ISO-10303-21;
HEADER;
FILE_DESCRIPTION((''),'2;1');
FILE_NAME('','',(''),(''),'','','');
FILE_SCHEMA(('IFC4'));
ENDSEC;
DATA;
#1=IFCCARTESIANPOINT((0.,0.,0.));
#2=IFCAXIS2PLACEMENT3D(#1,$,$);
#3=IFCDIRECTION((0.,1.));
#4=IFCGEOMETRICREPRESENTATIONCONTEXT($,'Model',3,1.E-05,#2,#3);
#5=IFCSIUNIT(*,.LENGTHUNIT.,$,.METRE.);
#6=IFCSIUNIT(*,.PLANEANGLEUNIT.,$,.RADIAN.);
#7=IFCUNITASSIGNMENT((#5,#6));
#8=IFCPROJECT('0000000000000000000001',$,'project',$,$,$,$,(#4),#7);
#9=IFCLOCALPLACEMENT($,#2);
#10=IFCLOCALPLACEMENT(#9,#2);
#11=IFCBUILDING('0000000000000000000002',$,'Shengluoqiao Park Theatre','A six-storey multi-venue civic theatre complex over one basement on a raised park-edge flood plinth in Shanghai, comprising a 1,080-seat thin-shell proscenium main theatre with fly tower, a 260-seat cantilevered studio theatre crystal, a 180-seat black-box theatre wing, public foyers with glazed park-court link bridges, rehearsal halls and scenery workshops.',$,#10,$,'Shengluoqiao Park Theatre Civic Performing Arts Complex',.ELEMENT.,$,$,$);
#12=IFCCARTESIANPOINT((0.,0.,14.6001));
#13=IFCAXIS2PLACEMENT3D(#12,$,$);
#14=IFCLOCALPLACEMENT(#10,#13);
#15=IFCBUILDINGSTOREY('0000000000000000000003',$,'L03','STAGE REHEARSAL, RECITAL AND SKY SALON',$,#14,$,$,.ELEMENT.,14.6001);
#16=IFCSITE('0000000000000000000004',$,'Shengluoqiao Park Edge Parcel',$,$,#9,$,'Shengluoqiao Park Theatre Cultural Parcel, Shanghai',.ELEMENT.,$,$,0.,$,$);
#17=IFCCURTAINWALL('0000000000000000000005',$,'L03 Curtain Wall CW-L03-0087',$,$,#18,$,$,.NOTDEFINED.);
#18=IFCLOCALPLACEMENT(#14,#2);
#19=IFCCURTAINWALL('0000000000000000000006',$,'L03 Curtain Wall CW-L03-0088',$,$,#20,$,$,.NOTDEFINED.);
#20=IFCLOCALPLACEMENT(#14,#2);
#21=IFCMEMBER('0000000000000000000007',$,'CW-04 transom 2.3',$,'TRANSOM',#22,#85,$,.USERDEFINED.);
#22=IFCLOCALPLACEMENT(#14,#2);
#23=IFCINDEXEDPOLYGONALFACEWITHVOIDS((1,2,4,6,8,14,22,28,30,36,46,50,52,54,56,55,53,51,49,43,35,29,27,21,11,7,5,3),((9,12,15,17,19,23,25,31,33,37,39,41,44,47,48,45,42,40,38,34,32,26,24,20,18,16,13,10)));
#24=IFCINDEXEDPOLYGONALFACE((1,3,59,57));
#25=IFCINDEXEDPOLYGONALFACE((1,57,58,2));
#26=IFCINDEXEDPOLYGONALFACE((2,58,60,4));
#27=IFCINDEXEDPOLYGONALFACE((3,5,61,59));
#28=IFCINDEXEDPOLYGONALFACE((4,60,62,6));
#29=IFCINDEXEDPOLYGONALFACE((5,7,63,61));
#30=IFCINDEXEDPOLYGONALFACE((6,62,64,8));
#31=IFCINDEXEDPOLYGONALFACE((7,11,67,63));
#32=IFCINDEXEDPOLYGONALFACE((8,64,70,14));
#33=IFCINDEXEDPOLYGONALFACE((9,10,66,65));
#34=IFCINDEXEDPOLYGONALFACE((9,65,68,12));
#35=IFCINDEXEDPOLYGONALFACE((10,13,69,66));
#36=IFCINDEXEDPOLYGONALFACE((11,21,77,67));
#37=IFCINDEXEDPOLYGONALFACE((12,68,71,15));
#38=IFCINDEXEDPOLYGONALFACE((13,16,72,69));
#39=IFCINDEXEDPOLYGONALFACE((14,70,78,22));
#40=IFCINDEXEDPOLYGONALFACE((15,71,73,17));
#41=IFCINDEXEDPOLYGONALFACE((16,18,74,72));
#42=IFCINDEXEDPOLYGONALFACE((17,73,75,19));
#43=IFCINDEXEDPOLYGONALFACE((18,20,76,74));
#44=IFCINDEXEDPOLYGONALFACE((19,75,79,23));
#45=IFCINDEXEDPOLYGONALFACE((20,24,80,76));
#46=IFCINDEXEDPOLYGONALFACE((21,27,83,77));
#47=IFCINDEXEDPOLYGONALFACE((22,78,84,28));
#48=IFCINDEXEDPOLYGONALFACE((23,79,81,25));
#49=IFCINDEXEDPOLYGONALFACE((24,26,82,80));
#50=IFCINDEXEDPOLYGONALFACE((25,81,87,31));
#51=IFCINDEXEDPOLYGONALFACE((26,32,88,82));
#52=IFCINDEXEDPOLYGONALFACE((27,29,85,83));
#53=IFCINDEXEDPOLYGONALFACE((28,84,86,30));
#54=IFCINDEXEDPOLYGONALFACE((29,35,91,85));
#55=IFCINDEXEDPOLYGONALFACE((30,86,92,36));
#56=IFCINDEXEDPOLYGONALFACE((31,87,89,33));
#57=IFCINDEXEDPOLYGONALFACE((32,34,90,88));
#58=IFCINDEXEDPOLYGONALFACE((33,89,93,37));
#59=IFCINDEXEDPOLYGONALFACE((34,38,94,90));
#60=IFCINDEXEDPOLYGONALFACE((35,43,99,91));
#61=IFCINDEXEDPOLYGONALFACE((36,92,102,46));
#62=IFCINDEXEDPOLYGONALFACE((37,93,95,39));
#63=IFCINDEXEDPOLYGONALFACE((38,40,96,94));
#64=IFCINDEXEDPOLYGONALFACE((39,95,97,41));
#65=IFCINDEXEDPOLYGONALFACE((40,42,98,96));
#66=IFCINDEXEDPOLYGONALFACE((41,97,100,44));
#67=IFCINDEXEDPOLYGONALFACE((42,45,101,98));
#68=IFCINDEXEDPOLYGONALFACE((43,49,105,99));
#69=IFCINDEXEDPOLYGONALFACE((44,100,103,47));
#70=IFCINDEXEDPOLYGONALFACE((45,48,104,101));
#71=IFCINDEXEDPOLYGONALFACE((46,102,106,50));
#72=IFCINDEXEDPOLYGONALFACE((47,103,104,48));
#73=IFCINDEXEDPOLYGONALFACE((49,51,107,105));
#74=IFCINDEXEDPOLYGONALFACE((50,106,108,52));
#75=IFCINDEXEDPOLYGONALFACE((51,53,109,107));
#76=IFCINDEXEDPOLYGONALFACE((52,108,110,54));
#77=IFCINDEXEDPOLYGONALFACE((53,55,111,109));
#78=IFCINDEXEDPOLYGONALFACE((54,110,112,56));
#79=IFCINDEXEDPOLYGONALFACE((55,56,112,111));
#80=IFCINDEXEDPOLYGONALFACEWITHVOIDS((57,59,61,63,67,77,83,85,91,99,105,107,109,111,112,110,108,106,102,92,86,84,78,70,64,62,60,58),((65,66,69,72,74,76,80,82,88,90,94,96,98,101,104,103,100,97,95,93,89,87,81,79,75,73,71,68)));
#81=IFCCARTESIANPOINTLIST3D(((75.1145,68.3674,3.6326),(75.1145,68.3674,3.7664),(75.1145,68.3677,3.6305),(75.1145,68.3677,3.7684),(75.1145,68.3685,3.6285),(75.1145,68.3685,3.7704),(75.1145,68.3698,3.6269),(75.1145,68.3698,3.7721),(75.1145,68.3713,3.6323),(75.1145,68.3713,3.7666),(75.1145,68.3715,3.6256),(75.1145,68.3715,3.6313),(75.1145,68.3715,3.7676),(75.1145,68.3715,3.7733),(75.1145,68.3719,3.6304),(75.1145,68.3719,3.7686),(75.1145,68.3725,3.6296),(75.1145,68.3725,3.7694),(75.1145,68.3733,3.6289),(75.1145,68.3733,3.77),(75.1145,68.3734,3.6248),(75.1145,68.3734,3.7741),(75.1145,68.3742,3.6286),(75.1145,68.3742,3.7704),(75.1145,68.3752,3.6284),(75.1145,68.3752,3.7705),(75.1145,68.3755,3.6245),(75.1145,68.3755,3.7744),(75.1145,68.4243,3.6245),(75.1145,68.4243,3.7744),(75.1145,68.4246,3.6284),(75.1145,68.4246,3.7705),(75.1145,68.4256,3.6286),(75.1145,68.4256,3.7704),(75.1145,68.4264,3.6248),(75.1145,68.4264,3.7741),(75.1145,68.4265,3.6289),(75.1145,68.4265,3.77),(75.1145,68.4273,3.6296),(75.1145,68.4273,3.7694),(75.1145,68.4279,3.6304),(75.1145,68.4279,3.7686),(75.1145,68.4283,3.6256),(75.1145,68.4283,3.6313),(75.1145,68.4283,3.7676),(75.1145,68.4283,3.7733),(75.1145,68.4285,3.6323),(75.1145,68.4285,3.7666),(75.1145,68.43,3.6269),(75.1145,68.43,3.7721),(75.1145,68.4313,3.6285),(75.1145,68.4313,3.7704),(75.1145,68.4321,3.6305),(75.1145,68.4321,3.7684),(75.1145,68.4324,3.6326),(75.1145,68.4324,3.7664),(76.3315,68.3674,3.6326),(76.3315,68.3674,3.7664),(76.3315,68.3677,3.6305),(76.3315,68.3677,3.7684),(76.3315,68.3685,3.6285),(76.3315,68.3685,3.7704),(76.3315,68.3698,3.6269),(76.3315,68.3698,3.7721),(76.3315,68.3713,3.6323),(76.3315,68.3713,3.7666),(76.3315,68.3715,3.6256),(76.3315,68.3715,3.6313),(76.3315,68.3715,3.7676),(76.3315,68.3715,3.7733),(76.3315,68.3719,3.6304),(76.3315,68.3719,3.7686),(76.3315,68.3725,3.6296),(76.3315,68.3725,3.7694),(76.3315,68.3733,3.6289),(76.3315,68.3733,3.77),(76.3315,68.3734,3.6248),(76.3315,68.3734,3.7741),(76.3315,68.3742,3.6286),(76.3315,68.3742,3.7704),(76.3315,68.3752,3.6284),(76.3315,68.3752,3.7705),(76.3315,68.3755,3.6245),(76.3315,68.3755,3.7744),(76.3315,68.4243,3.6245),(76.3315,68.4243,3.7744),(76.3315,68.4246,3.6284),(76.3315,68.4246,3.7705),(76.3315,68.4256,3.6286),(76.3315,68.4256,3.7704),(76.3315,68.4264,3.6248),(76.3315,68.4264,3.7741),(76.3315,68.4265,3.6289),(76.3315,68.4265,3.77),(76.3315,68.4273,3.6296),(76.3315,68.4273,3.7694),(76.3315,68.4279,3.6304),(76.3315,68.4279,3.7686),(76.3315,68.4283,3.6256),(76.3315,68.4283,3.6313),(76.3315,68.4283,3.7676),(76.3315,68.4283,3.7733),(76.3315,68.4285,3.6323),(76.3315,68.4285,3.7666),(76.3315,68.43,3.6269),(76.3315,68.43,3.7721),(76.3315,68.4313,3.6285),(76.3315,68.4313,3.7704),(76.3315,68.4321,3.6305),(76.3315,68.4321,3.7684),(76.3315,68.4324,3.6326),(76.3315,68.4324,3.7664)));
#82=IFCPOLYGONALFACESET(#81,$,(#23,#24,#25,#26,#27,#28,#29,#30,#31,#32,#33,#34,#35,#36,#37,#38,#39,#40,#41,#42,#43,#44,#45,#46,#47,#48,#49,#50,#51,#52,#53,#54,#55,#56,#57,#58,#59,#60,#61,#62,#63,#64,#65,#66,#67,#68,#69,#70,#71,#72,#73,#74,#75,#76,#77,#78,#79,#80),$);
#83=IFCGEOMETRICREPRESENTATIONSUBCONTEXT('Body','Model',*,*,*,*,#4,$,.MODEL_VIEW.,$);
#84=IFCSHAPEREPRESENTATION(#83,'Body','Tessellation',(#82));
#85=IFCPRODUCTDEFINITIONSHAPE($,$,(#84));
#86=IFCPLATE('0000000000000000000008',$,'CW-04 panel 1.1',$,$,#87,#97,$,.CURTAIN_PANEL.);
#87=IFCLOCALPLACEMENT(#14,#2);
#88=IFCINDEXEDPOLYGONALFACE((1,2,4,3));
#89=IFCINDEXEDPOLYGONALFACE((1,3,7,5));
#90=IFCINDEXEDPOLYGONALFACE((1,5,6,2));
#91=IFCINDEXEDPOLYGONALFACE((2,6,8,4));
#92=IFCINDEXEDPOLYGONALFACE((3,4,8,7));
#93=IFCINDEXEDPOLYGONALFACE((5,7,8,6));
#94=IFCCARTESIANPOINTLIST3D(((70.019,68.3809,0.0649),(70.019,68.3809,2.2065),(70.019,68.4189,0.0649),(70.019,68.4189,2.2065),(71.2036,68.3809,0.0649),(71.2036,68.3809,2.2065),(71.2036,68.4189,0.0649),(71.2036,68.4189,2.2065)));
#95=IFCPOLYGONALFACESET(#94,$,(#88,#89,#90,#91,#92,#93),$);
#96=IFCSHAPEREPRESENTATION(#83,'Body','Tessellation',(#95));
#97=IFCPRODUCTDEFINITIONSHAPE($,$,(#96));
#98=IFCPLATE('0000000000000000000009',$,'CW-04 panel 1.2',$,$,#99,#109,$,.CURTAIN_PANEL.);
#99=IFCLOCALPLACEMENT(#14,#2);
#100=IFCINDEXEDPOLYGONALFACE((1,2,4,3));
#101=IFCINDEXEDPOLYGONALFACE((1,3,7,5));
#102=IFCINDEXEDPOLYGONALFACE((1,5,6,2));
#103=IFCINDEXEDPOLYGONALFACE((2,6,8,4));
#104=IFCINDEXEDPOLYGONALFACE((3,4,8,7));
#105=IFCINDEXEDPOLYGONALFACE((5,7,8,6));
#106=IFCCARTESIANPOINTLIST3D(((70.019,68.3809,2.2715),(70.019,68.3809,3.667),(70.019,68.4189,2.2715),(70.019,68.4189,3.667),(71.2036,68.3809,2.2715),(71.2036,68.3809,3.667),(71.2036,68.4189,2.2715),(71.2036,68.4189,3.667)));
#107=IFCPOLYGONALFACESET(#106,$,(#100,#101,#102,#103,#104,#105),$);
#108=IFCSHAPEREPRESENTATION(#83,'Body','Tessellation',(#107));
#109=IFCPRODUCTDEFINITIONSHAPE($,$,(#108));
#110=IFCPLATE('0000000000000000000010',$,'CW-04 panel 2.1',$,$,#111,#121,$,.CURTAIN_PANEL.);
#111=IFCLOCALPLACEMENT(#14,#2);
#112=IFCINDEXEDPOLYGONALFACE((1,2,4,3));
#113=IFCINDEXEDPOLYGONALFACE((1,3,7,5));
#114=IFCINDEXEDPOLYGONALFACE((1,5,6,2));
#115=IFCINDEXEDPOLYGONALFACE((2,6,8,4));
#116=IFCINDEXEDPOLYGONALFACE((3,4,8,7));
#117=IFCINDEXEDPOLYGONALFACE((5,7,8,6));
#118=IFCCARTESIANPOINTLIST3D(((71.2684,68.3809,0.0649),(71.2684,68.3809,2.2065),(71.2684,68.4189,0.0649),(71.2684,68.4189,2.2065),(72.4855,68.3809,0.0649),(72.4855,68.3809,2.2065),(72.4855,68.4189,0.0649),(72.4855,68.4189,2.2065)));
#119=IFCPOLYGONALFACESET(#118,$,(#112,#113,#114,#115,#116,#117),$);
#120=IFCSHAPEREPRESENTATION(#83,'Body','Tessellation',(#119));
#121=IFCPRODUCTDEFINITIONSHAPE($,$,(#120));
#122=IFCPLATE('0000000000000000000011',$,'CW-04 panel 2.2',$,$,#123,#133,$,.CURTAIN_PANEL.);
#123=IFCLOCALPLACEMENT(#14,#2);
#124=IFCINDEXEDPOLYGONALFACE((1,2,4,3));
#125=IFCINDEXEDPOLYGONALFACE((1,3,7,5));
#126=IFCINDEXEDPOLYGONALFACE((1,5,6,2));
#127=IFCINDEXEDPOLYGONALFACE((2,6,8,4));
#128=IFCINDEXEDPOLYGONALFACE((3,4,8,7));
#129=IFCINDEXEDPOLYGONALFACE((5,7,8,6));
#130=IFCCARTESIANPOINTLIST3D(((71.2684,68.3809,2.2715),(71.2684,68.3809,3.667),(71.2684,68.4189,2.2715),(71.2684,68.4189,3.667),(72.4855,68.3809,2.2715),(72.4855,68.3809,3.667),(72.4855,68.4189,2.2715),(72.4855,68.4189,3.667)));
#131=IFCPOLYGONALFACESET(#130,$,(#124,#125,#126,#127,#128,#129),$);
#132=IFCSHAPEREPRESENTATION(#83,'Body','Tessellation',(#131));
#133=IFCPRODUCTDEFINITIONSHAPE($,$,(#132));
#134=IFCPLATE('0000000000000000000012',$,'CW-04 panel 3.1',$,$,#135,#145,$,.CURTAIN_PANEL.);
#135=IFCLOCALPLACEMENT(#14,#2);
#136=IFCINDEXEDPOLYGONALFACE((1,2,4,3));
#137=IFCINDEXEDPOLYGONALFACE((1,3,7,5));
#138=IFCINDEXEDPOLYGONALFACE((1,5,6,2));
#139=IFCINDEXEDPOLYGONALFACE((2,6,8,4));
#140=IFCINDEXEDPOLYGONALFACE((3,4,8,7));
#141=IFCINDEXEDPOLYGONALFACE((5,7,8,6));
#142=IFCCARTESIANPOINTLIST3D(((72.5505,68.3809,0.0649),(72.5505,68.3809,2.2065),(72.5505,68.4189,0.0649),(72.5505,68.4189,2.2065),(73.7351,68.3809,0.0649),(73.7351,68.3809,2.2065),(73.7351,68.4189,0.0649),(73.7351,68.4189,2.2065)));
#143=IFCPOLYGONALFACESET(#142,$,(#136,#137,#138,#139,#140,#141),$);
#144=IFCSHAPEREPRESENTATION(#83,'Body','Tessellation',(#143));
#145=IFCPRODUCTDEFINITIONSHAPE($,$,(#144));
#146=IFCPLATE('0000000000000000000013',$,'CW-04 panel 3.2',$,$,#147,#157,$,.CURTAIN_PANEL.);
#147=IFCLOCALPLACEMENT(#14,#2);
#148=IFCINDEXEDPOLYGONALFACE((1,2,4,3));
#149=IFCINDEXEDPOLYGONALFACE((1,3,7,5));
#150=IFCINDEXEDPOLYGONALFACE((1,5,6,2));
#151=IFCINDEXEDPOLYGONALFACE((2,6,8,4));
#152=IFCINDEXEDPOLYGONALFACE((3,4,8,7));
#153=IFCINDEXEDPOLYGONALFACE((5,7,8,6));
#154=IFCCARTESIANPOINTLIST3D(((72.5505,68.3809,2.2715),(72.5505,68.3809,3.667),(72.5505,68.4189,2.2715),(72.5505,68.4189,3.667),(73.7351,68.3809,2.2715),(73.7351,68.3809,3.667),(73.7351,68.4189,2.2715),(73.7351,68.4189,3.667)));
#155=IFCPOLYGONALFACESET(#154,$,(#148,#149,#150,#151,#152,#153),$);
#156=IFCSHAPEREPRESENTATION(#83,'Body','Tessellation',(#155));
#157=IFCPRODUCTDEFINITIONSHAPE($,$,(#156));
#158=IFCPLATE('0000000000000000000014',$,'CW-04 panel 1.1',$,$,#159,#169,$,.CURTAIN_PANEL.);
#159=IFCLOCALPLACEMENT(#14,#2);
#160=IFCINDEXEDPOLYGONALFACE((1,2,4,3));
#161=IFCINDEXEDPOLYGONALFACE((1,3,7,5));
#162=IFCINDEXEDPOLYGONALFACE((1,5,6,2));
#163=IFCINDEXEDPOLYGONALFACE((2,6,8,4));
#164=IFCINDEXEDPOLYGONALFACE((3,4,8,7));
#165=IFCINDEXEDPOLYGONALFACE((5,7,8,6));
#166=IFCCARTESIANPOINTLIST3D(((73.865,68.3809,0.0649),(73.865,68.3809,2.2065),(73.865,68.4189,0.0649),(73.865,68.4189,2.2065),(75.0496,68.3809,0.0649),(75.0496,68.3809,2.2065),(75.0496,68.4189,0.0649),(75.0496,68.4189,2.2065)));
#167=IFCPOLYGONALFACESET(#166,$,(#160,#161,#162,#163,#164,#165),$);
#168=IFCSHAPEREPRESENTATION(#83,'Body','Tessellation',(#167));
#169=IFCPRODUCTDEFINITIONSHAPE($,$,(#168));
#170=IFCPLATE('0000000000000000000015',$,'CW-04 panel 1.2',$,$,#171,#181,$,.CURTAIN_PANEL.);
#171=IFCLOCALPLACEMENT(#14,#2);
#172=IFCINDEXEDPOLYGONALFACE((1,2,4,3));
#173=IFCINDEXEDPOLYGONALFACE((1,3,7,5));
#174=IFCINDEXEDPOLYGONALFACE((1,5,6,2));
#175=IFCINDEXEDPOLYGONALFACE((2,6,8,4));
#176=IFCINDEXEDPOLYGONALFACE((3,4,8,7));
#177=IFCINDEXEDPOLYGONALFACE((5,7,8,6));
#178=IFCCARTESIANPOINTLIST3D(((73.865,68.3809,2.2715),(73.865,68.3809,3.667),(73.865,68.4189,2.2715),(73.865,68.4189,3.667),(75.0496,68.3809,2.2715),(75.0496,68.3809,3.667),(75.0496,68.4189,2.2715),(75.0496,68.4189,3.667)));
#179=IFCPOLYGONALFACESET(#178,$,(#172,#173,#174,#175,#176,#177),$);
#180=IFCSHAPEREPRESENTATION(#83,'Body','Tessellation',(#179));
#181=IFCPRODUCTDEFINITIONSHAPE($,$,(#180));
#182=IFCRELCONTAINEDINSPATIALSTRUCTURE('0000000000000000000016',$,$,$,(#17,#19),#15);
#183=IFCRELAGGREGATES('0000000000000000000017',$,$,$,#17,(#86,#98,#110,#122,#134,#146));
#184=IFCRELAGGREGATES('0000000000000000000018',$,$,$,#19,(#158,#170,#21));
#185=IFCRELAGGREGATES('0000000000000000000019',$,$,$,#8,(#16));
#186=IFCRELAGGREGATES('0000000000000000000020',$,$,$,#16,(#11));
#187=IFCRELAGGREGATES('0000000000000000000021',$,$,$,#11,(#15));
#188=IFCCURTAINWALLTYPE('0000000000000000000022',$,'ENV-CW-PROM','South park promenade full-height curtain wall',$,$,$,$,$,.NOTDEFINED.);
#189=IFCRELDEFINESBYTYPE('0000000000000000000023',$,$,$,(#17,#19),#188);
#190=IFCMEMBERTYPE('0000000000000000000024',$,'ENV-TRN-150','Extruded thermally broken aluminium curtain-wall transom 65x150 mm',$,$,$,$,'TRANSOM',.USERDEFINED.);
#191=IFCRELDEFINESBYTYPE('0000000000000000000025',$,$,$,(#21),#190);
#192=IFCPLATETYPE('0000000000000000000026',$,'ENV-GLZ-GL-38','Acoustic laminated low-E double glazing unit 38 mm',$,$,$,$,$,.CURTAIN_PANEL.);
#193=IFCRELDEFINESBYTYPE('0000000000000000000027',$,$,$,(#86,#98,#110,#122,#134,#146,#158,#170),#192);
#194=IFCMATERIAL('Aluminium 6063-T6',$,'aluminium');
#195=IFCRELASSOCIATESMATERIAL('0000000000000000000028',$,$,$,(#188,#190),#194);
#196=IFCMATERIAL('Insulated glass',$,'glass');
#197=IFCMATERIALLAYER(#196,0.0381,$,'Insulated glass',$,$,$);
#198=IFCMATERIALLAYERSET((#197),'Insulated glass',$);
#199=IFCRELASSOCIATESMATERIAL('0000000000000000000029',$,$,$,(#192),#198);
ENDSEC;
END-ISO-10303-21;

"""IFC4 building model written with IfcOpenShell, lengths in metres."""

from ifc_helpers import new_model, si_unit, direction, frame, origin, origin_2d, place, context, subcontext, project, spatial, rectangle, hollow_rectangle, extrude, material, layer, layer_set, material_profile, profile_set, type_object, element, aggregate, save


model = new_model("IFC4")

# Units and contexts
model_context = context("Model", 3, precision=1e-05, world=origin(), true_north=direction((0.0, 1.0)))
body_context = subcontext(model_context, "Body", "Model", "MODEL_VIEW")
ifc_project = project(units=[si_unit("LENGTHUNIT", "METRE"), si_unit("PLANEANGLEUNIT", "RADIAN")], contexts=[model_context])

# Site, building, storey
site_placement = place(None, origin())
site = spatial("IfcSite", under=ifc_project, at=site_placement, Name="Shengluoqiao Park Edge Parcel", LongName="Shengluoqiao Park Theatre Cultural Parcel, Shanghai", CompositionType="ELEMENT", RefElevation=0.0)
building_placement = place(site_placement, origin())
building = spatial("IfcBuilding", under=site, at=building_placement, Name="Shengluoqiao Park Theatre", Description="A six-storey multi-venue civic theatre complex over one basement on a raised park-edge flood plinth in Shanghai, comprising a 1,080-seat thin-shell proscenium main theatre with fly tower, a 260-seat cantilevered studio theatre crystal, a 180-seat black-box theatre wing, public foyers with glazed park-court link bridges, rehearsal halls and scenery workshops.", LongName="Shengluoqiao Park Theatre Civic Performing Arts Complex", CompositionType="ELEMENT")
storey_placement = place(building_placement, frame((0.0, 0.0, 14.6001)))
storey = spatial("IfcBuildingStorey", under=building, at=storey_placement, Name="L03", Description="STAGE REHEARSAL, RECITAL AND SKY SALON", CompositionType="ELEMENT", Elevation=14.6001)

# Curtain walls
ifc_material_1 = material(Name="Aluminium 6063-T6", Category="aluminium")
curtain_wall_type = type_object("IfcCurtainWallType", Name="ENV-CW-PROM", Description="South park promenade full-height curtain wall", PredefinedType="NOTDEFINED", material=ifc_material_1)
curtain_wall_1_placement = place(storey_placement, origin())
curtain_wall_1 = element("IfcCurtainWall", 1, at=curtain_wall_1_placement, inside=storey, type_object=curtain_wall_type, Name="L03 Curtain Wall CW-L03-0087", PredefinedType="NOTDEFINED")
curtain_wall_2_placement = place(storey_placement, origin())
curtain_wall_2 = element("IfcCurtainWall", 2, at=curtain_wall_2_placement, inside=storey, type_object=curtain_wall_type, Name="L03 Curtain Wall CW-L03-0088", PredefinedType="NOTDEFINED")

# Member
ifc_material_profile_1 = material_profile(ifc_material_1, hollow_rectangle(XDim=0.0649, YDim=0.1499, WallThickness=0.0039, InnerFilletRadius=0.0039, OuterFilletRadius=0.0081, at=origin_2d()), Name="ALU TRANSOM 150x65x4")
ifc_profile_set_1 = profile_set([ifc_material_profile_1], Name="Aluminium 6063-T6")
member_type_1 = type_object("IfcMemberType", Name="ENV-TRN-150", Description="Extruded thermally broken aluminium curtain-wall transom 65x150 mm", ElementType="TRANSOM", PredefinedType="USERDEFINED", material=ifc_profile_set_1)
member_1_placement = place(storey_placement, frame((75.1145, 68.3999, 3.6995), z_axis=(1.0, 0.0, 0.0), x_axis=(0.0, 1.0, 0.0)))
member_1 = element("IfcMember", 3, at=member_1_placement, type_object=member_type_1, Name="CW-04 transom 2.3", ObjectType="TRANSOM", PredefinedType="USERDEFINED", context=body_context, shape_type="SweptSolid", body=[
    extrude(hollow_rectangle(XDim=0.0649, YDim=0.1499, WallThickness=0.0039, InnerFilletRadius=0.0039, OuterFilletRadius=0.0081, at=origin_2d()), origin(), (0.0, 0.0, 1.0), 1.217),
])

# Plates
ifc_material_2 = material(Name="Insulated glass", Category="glass")
ifc_layer = layer(ifc_material_2, 0.0381, Name="Insulated glass")
ifc_layer_set = layer_set([ifc_layer], Name="Insulated glass")
plate_type = type_object("IfcPlateType", Name="ENV-GLZ-GL-38", Description="Acoustic laminated low-E double glazing unit 38 mm", PredefinedType="CURTAIN_PANEL", material=ifc_layer_set)
plate_1_placement = place(storey_placement, frame((70.6113, 68.3999, 0.0649), z_axis=(0.0, 0.0, 1.0), x_axis=(1.0, 0.0, 0.0)))
plate_1 = element("IfcPlate", 4, at=plate_1_placement, type_object=plate_type, Name="CW-04 panel 1.1", PredefinedType="CURTAIN_PANEL", context=body_context, shape_type="SweptSolid", body=[
    extrude(rectangle(XDim=1.1846, YDim=0.0381, at=origin_2d()), origin(), (0.0, 0.0, 1.0), 2.1416),
])
plate_2_placement = place(storey_placement, frame((70.6113, 68.3999, 2.2715), z_axis=(0.0, 0.0, 1.0), x_axis=(1.0, 0.0, 0.0)))
plate_2 = element("IfcPlate", 5, at=plate_2_placement, type_object=plate_type, Name="CW-04 panel 1.2", PredefinedType="CURTAIN_PANEL", context=body_context, shape_type="SweptSolid", body=[
    extrude(rectangle(XDim=1.1846, YDim=0.0381, at=origin_2d()), origin(), (0.0, 0.0, 1.0), 1.3955),
])
plate_3_placement = place(storey_placement, frame((71.877, 68.3999, 0.0649), z_axis=(0.0, 0.0, 1.0), x_axis=(1.0, 0.0, 0.0)))
plate_3 = element("IfcPlate", 6, at=plate_3_placement, type_object=plate_type, Name="CW-04 panel 2.1", PredefinedType="CURTAIN_PANEL", context=body_context, shape_type="SweptSolid", body=[
    extrude(rectangle(XDim=1.217, YDim=0.0381, at=origin_2d()), origin(), (0.0, 0.0, 1.0), 2.1416),
])
plate_4_placement = place(storey_placement, frame((71.877, 68.3999, 2.2715), z_axis=(0.0, 0.0, 1.0), x_axis=(1.0, 0.0, 0.0)))
plate_4 = element("IfcPlate", 7, at=plate_4_placement, type_object=plate_type, Name="CW-04 panel 2.2", PredefinedType="CURTAIN_PANEL", context=body_context, shape_type="SweptSolid", body=[
    extrude(rectangle(XDim=1.217, YDim=0.0381, at=origin_2d()), origin(), (0.0, 0.0, 1.0), 1.3955),
])
plate_5_placement = place(storey_placement, frame((73.1428, 68.3999, 0.0649), z_axis=(0.0, 0.0, 1.0), x_axis=(1.0, 0.0, 0.0)))
plate_5 = element("IfcPlate", 8, at=plate_5_placement, type_object=plate_type, Name="CW-04 panel 3.1", PredefinedType="CURTAIN_PANEL", context=body_context, shape_type="SweptSolid", body=[
    extrude(rectangle(XDim=1.1846, YDim=0.0381, at=origin_2d()), origin(), (0.0, 0.0, 1.0), 2.1416),
])
plate_6_placement = place(storey_placement, frame((73.1428, 68.3999, 2.2715), z_axis=(0.0, 0.0, 1.0), x_axis=(1.0, 0.0, 0.0)))
plate_6 = element("IfcPlate", 9, at=plate_6_placement, type_object=plate_type, Name="CW-04 panel 3.2", PredefinedType="CURTAIN_PANEL", context=body_context, shape_type="SweptSolid", body=[
    extrude(rectangle(XDim=1.1846, YDim=0.0381, at=origin_2d()), origin(), (0.0, 0.0, 1.0), 1.3955),
])
aggregate(curtain_wall_1, [plate_1, plate_2, plate_3, plate_4, plate_5, plate_6])
plate_7_placement = place(storey_placement, frame((74.4573, 68.3999, 0.0649), z_axis=(0.0, 0.0, 1.0), x_axis=(1.0, 0.0, 0.0)))
plate_7 = element("IfcPlate", 10, at=plate_7_placement, type_object=plate_type, Name="CW-04 panel 1.1", PredefinedType="CURTAIN_PANEL", context=body_context, shape_type="SweptSolid", body=[
    extrude(rectangle(XDim=1.1846, YDim=0.0381, at=origin_2d()), origin(), (0.0, 0.0, 1.0), 2.1416),
])
plate_8_placement = place(storey_placement, frame((74.4573, 68.3999, 2.2715), z_axis=(0.0, 0.0, 1.0), x_axis=(1.0, 0.0, 0.0)))
plate_8 = element("IfcPlate", 11, at=plate_8_placement, type_object=plate_type, Name="CW-04 panel 1.2", PredefinedType="CURTAIN_PANEL", context=body_context, shape_type="SweptSolid", body=[
    extrude(rectangle(XDim=1.1846, YDim=0.0381, at=origin_2d()), origin(), (0.0, 0.0, 1.0), 1.3955),
])
aggregate(curtain_wall_2, [plate_7, plate_8, member_1])

save(model, "model.ifc")
